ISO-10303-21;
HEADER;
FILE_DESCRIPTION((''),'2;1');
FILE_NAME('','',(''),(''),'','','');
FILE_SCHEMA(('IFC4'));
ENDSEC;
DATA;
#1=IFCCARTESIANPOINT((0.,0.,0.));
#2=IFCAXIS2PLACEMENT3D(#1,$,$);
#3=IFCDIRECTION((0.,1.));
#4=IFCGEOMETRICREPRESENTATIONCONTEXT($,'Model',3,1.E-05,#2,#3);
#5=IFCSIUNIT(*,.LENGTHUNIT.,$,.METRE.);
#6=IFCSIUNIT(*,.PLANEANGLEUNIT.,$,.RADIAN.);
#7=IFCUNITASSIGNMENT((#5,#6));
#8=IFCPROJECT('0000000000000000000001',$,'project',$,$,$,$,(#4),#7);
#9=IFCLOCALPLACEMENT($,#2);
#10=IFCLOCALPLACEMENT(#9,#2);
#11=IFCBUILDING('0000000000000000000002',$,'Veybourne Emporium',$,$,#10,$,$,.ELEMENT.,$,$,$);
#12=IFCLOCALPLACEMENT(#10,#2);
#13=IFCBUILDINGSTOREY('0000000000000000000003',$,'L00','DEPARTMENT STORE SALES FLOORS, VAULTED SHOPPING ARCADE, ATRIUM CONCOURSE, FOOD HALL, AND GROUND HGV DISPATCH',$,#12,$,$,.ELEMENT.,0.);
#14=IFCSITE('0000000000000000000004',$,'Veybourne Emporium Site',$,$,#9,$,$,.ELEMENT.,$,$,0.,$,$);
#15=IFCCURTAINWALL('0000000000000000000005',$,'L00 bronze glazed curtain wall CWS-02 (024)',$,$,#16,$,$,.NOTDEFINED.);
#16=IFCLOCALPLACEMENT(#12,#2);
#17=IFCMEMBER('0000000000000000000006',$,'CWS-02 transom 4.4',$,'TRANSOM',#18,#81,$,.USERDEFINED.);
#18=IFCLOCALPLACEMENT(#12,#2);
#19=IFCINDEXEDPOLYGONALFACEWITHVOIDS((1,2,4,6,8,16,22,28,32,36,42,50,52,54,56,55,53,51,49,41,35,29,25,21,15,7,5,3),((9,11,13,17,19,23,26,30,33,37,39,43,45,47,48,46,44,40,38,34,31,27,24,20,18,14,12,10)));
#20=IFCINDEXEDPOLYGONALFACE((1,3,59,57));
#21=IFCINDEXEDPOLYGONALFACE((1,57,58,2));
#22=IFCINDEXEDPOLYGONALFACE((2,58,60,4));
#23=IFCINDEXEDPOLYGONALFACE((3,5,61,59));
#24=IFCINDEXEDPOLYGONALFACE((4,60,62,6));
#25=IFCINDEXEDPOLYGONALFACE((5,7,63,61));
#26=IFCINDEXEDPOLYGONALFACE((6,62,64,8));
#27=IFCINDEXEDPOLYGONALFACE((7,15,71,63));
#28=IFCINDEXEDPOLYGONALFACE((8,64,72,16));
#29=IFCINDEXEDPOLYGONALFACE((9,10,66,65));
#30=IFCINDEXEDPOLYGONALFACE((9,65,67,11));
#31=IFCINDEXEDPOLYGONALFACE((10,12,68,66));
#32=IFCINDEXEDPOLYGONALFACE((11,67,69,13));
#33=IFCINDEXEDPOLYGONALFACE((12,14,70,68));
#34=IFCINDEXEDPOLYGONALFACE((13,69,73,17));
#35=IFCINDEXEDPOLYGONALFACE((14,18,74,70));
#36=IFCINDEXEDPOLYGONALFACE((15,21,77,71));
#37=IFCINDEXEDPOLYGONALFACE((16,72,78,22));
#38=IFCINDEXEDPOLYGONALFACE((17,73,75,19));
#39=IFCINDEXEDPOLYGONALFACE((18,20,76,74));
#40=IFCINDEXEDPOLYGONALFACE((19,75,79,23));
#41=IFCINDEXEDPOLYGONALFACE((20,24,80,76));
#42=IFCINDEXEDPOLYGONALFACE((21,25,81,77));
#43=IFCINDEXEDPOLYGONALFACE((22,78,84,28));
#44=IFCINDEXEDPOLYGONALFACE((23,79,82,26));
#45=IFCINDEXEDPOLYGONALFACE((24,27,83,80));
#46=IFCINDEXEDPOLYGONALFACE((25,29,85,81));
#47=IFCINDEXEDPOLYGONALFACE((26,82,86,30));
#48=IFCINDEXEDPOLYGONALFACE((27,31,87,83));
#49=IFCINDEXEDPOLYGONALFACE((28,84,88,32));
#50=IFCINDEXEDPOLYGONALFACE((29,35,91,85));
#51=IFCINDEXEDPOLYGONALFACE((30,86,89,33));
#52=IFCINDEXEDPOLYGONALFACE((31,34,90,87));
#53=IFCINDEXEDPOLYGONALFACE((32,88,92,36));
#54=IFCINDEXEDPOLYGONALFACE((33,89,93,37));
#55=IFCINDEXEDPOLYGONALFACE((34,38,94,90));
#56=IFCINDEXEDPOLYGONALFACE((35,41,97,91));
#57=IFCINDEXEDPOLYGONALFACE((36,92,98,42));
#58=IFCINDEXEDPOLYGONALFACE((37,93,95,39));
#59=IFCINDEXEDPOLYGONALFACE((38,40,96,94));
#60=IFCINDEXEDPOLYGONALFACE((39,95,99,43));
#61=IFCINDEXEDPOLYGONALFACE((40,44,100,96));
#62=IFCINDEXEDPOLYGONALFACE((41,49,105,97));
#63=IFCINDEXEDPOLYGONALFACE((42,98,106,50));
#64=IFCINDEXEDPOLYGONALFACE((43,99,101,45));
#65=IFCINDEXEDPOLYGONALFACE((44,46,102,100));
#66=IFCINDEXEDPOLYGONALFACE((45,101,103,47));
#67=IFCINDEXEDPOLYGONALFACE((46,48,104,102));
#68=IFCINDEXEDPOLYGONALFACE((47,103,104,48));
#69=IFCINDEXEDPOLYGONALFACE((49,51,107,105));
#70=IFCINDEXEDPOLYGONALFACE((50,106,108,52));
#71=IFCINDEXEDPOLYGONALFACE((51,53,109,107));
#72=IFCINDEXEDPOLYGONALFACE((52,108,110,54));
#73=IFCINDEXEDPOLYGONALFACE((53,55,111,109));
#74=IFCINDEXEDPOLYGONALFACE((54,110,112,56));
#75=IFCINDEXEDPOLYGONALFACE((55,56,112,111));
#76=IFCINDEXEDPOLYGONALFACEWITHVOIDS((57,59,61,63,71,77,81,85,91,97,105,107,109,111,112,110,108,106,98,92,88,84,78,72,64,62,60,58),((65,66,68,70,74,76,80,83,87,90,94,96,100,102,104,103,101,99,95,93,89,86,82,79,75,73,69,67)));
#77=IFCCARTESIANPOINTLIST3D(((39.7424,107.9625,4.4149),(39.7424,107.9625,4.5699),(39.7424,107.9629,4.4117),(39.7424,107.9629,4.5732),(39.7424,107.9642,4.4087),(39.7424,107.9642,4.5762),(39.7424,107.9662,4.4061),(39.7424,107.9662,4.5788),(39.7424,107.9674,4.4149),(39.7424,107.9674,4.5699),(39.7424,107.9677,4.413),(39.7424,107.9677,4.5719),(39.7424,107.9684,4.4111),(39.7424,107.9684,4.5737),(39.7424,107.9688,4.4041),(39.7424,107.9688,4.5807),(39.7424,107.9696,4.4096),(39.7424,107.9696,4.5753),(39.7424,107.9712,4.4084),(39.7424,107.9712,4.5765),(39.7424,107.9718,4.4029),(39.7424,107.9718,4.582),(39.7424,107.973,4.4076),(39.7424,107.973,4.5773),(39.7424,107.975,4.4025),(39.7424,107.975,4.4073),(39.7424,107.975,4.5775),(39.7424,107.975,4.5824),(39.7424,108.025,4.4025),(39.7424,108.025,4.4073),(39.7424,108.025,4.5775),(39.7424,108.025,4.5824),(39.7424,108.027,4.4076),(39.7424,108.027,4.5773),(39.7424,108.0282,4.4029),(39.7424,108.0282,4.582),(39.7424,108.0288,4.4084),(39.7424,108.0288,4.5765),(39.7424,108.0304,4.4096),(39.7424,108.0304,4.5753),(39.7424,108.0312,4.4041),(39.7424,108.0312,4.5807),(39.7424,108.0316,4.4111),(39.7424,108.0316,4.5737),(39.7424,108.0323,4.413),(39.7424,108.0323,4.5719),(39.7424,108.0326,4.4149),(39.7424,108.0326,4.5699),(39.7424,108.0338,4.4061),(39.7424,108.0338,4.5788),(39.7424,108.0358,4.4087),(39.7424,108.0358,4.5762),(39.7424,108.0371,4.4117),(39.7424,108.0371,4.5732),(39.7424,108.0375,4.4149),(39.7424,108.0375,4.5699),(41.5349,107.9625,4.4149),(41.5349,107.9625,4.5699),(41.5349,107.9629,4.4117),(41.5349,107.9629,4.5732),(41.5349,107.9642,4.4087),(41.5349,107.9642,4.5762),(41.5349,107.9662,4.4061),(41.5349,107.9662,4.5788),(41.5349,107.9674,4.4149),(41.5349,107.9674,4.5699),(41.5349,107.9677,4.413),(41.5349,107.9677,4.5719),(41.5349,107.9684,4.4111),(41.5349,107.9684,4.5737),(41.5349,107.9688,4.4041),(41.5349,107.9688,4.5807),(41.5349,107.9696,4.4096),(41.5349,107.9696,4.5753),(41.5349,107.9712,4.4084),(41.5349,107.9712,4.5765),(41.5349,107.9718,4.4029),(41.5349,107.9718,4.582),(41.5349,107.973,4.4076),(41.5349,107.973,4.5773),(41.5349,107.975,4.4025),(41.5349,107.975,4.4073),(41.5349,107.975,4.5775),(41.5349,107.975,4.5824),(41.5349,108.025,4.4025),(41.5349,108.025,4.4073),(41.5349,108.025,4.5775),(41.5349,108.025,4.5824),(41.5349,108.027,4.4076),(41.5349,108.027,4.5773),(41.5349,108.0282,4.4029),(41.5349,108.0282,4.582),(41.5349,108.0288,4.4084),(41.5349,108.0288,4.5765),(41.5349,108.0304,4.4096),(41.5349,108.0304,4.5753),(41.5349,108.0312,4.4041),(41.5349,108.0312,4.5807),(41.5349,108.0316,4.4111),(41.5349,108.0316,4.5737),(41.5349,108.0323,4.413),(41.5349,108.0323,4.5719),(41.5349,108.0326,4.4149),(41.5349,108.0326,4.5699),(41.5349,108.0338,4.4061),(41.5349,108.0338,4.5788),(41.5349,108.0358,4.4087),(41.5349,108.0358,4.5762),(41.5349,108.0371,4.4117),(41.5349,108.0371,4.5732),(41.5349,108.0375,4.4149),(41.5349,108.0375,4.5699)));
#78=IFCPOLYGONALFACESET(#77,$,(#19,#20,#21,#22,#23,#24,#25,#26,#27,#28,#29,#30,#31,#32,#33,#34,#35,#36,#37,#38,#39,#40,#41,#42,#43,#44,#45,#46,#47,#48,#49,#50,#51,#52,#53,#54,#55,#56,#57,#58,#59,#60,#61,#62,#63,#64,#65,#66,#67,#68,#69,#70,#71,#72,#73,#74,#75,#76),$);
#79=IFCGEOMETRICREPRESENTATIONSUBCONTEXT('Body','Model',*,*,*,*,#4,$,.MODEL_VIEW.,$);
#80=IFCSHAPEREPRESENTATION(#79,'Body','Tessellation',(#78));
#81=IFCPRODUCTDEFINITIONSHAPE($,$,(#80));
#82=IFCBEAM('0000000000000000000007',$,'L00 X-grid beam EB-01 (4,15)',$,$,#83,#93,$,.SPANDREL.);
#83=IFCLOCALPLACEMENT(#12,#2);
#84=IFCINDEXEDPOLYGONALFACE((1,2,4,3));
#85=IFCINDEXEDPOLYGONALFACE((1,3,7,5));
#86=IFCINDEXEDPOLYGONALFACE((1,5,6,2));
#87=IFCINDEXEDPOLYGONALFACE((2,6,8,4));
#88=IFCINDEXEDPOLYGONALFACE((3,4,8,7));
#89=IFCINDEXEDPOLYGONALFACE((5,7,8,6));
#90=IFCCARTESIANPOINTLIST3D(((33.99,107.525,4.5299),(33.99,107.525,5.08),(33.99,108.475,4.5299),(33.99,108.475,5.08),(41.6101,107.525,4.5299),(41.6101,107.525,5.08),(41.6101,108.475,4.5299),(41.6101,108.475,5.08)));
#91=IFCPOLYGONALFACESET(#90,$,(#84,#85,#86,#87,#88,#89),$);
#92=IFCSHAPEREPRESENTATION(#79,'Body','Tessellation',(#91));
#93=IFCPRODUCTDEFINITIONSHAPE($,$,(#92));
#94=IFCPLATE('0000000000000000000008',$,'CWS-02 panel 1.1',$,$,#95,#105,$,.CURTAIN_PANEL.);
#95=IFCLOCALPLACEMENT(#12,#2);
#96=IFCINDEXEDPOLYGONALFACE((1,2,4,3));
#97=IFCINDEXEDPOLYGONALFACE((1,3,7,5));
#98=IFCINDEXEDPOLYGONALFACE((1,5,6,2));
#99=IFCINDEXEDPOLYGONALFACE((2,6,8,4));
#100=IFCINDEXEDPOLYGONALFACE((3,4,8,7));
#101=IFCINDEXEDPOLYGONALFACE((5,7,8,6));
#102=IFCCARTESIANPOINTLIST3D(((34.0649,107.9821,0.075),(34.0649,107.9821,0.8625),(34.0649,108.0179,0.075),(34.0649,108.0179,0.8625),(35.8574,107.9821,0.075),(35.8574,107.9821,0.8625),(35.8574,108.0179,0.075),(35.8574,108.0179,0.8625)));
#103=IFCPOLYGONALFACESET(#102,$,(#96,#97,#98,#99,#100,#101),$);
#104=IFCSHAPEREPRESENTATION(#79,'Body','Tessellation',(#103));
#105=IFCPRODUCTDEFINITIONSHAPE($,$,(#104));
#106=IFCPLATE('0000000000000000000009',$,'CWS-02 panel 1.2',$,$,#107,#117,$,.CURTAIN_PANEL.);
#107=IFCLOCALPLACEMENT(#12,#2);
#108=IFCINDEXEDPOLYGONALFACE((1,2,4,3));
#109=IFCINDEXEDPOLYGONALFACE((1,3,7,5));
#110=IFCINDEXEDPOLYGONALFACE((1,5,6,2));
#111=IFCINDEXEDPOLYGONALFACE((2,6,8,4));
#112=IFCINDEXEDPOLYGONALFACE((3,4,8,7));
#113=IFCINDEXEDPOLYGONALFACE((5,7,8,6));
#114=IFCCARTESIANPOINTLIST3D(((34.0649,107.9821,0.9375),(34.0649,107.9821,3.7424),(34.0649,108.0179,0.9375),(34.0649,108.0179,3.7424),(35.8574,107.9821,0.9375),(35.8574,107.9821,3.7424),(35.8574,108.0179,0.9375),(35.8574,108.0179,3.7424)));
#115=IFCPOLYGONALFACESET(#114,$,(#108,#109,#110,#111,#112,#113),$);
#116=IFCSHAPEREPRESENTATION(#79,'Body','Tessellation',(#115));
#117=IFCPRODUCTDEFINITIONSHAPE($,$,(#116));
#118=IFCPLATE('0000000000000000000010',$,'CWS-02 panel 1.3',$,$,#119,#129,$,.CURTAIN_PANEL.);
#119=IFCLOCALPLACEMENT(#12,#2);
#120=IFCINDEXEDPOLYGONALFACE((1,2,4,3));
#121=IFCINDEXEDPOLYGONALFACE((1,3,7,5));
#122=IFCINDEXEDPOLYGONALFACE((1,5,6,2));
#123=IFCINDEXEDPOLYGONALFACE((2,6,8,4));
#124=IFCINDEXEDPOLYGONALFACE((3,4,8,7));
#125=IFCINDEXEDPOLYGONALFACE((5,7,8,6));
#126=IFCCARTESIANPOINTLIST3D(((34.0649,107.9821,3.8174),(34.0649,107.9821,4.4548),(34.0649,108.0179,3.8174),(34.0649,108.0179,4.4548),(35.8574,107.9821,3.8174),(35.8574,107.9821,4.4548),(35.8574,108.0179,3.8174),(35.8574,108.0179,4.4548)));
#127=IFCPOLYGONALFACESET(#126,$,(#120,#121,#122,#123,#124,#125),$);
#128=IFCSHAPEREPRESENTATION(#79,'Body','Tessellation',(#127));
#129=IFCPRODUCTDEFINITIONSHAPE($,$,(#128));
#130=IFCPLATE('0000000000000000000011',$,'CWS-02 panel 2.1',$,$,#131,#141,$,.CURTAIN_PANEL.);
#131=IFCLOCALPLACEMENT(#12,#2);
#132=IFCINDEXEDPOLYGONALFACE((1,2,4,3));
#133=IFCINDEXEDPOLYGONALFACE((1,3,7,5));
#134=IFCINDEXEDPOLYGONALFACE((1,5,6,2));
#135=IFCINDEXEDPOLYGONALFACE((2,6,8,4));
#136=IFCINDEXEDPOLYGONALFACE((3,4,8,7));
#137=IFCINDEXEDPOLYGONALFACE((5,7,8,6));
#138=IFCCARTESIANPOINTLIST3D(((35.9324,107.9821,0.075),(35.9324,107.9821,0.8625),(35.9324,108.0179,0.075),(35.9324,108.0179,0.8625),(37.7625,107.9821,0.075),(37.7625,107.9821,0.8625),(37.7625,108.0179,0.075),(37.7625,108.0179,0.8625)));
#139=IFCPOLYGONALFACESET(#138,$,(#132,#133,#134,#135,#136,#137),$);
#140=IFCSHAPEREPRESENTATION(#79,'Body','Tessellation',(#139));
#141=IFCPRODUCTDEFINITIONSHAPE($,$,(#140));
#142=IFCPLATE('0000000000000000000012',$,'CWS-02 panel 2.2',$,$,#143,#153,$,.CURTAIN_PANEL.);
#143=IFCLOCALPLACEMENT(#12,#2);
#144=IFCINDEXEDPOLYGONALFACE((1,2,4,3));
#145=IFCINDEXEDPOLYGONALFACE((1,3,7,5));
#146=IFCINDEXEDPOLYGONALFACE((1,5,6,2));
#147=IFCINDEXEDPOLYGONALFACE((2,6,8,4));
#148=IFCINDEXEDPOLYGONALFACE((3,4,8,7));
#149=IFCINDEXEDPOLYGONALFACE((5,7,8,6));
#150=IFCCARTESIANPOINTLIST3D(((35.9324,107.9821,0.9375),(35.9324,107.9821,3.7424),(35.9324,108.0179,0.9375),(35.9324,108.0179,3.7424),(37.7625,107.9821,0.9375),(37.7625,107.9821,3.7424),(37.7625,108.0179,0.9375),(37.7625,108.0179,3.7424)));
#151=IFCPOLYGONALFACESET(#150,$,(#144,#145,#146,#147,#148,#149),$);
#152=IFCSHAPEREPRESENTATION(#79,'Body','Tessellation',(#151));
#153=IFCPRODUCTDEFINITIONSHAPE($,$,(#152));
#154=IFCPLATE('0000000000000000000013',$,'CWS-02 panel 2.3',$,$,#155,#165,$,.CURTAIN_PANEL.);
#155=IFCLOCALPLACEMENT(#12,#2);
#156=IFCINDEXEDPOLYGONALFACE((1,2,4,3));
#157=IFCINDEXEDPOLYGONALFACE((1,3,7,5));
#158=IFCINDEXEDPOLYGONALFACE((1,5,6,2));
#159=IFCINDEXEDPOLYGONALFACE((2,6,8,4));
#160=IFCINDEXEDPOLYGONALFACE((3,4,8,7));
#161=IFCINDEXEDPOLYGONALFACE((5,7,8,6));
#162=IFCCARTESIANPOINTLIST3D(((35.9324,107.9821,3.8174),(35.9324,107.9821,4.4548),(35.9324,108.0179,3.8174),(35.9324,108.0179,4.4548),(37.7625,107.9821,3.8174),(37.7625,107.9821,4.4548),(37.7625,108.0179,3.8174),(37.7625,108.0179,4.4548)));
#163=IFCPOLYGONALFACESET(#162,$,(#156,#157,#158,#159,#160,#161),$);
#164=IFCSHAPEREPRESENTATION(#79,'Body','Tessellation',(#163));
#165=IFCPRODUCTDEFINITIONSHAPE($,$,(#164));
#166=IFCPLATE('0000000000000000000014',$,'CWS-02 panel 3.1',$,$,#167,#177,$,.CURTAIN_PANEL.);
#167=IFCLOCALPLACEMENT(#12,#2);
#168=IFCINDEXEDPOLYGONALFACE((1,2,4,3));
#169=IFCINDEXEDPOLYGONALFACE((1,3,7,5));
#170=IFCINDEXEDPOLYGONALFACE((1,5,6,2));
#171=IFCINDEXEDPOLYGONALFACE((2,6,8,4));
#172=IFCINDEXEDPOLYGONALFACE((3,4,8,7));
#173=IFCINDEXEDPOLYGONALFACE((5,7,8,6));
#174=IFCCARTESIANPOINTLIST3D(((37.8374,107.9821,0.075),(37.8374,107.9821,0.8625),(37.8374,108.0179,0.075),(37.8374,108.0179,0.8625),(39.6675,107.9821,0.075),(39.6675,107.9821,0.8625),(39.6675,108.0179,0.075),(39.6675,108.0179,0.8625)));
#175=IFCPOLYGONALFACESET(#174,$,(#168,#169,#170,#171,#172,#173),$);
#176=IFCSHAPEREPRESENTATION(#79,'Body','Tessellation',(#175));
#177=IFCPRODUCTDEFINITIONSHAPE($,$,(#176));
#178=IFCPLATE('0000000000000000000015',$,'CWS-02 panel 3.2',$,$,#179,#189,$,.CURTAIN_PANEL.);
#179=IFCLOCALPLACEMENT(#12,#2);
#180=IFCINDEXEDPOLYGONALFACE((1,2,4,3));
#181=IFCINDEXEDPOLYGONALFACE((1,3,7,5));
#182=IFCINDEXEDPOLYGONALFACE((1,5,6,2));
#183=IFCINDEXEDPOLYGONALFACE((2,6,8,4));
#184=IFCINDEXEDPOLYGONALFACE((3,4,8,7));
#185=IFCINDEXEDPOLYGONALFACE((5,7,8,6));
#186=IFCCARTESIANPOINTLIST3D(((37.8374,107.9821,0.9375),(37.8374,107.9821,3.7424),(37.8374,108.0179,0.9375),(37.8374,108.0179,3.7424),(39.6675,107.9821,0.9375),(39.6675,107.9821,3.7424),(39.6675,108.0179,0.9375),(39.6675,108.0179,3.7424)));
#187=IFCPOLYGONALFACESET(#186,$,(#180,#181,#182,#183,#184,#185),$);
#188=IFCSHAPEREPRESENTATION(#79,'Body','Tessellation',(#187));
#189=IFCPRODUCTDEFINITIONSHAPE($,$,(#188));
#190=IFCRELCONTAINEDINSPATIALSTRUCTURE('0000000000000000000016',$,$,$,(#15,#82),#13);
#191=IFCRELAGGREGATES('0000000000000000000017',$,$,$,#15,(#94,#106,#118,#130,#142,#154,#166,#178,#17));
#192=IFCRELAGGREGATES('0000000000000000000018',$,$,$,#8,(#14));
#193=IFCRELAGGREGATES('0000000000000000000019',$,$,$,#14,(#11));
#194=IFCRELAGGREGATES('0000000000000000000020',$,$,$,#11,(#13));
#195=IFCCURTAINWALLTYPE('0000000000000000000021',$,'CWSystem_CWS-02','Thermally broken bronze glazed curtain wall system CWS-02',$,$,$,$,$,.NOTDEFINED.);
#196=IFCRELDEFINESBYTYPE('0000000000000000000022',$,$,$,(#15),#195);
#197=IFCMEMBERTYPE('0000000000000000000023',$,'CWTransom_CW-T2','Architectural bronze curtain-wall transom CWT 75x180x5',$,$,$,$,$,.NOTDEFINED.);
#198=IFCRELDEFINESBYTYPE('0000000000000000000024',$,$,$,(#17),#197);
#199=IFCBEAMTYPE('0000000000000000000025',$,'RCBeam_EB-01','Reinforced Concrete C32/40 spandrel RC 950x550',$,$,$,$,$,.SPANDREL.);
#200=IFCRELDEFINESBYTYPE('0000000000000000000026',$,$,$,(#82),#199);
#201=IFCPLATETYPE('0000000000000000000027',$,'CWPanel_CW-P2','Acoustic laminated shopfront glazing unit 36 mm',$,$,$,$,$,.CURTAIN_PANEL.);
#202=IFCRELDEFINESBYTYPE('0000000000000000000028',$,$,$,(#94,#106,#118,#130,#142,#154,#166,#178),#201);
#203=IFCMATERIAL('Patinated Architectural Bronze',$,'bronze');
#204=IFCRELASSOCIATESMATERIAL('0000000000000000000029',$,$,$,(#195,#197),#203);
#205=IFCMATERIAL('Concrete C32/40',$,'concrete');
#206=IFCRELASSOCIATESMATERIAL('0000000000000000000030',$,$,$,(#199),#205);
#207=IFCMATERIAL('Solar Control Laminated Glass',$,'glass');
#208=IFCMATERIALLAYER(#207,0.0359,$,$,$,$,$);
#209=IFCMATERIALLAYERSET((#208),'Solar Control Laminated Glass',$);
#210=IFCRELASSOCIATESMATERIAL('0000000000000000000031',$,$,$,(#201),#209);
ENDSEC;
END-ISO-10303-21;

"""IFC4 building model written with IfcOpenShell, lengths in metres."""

from ifc_helpers import new_model, si_unit, direction, frame, origin, origin_2d, place, context, subcontext, project, spatial, rectangle, hollow_rectangle, extrude, material, layer, layer_set, material_profile, profile_set, type_object, element, aggregate, save


model = new_model("IFC4")

# Units and contexts
model_context = context("Model", 3, precision=1e-05, world=origin(), true_north=direction((0.0, 1.0)))
body_context = subcontext(model_context, "Body", "Model", "MODEL_VIEW")
ifc_project = project(units=[si_unit("LENGTHUNIT", "METRE"), si_unit("PLANEANGLEUNIT", "RADIAN")], contexts=[model_context])

# Site, building, storey
site_placement = place(None, origin())
site = spatial("IfcSite", under=ifc_project, at=site_placement, Name="Veybourne Emporium Site", CompositionType="ELEMENT", RefElevation=0.0)
building_placement = place(site_placement, origin())
building = spatial("IfcBuilding", under=site, at=building_placement, Name="Veybourne Emporium", CompositionType="ELEMENT")
storey_placement = place(building_placement, origin())
storey = spatial("IfcBuildingStorey", under=building, at=storey_placement, Name="L00", Description="DEPARTMENT STORE SALES FLOORS, VAULTED SHOPPING ARCADE, ATRIUM CONCOURSE, FOOD HALL, AND GROUND HGV DISPATCH", CompositionType="ELEMENT", Elevation=0.0)

# Curtain wall, member
ifc_material_1 = material(Name="Patinated Architectural Bronze", Category="bronze")
curtain_wall_type = type_object("IfcCurtainWallType", Name="CWSystem_CWS-02", Description="Thermally broken bronze glazed curtain wall system CWS-02", PredefinedType="NOTDEFINED", material=ifc_material_1)
curtain_wall_placement = place(storey_placement, origin())
curtain_wall = element("IfcCurtainWall", 1, at=curtain_wall_placement, inside=storey, type_object=curtain_wall_type, Name="L00 bronze glazed curtain wall CWS-02 (024)", PredefinedType="NOTDEFINED")
ifc_material_profile_1 = material_profile(ifc_material_1, hollow_rectangle(XDim=0.075, YDim=0.1799, WallThickness=0.0049, InnerFilletRadius=0.0076, OuterFilletRadius=0.0125, at=origin_2d()), Name="CWT 75x180x5")
ifc_profile_set_1 = profile_set([ifc_material_profile_1], Name="Patinated Architectural Bronze")
member_type_1 = type_object("IfcMemberType", Name="CWTransom_CW-T2", Description="Architectural bronze curtain-wall transom CWT 75x180x5", PredefinedType="NOTDEFINED", material=ifc_profile_set_1)
member_1_placement = place(storey_placement, frame((39.7424, 108.0, 4.4924), z_axis=(1.0, 0.0, 0.0), x_axis=(0.0, 1.0, 0.0)))
member_1 = element("IfcMember", 2, at=member_1_placement, type_object=member_type_1, Name="CWS-02 transom 4.4", ObjectType="TRANSOM", PredefinedType="USERDEFINED", context=body_context, shape_type="SweptSolid", body=[
    extrude(hollow_rectangle(XDim=0.075, YDim=0.1799, WallThickness=0.0049, InnerFilletRadius=0.0076, OuterFilletRadius=0.0125, at=origin_2d()), origin(), (0.0, 0.0, 1.0), 1.7925),
])

# Beam
ifc_material_2 = material(Name="Concrete C32/40", Category="concrete")
ifc_material_profile_2 = material_profile(ifc_material_2, rectangle(XDim=0.95, YDim=0.55, at=origin_2d()), Name="RC 950x550")
ifc_profile_set_2 = profile_set([ifc_material_profile_2], Name="Concrete C32/40")
beam_type = type_object("IfcBeamType", Name="RCBeam_EB-01", Description="Reinforced Concrete C32/40 spandrel RC 950x550", PredefinedType="SPANDREL", material=ifc_profile_set_2)
beam_placement = place(storey_placement, frame((33.99, 108.0, 4.8049), z_axis=(1.0, 0.0, 0.0), x_axis=(0.0, 1.0, 0.0)))
element("IfcBeam", 3, at=beam_placement, inside=storey, type_object=beam_type, Name="L00 X-grid beam EB-01 (4,15)", PredefinedType="SPANDREL", context=body_context, shape_type="SweptSolid", body=[
    extrude(rectangle(XDim=0.95, YDim=0.55, at=origin_2d()), origin(), (0.0, 0.0, 1.0), 7.6201),
])

# Plates
ifc_material_3 = material(Name="Solar Control Laminated Glass", Category="glass")
ifc_layer = layer(ifc_material_3, 0.0359)
ifc_layer_set = layer_set([ifc_layer], Name="Solar Control Laminated Glass")
plate_type = type_object("IfcPlateType", Name="CWPanel_CW-P2", Description="Acoustic laminated shopfront glazing unit 36 mm", PredefinedType="CURTAIN_PANEL", material=ifc_layer_set)
plate_1_placement = place(storey_placement, frame((34.9612, 108.0, 0.075), z_axis=(0.0, 0.0, 1.0), x_axis=(1.0, 0.0, 0.0)))
plate_1 = element("IfcPlate", 4, at=plate_1_placement, type_object=plate_type, Name="CWS-02 panel 1.1", PredefinedType="CURTAIN_PANEL", context=body_context, shape_type="SweptSolid", body=[
    extrude(rectangle(XDim=1.7925, YDim=0.0359, at=origin_2d()), origin(), (0.0, 0.0, 1.0), 0.7876),
])
plate_2_placement = place(storey_placement, frame((34.9612, 108.0, 0.9375), z_axis=(0.0, 0.0, 1.0), x_axis=(1.0, 0.0, 0.0)))
plate_2 = element("IfcPlate", 5, at=plate_2_placement, type_object=plate_type, Name="CWS-02 panel 1.2", PredefinedType="CURTAIN_PANEL", context=body_context, shape_type="SweptSolid", body=[
    extrude(rectangle(XDim=1.7925, YDim=0.0359, at=origin_2d()), origin(), (0.0, 0.0, 1.0), 2.8049),
])
plate_3_placement = place(storey_placement, frame((34.9612, 108.0, 3.8174), z_axis=(0.0, 0.0, 1.0), x_axis=(1.0, 0.0, 0.0)))
plate_3 = element("IfcPlate", 6, at=plate_3_placement, type_object=plate_type, Name="CWS-02 panel 1.3", PredefinedType="CURTAIN_PANEL", context=body_context, shape_type="SweptSolid", body=[
    extrude(rectangle(XDim=1.7925, YDim=0.0359, at=origin_2d()), origin(), (0.0, 0.0, 1.0), 0.6375),
])
plate_4_placement = place(storey_placement, frame((36.8474, 108.0, 0.075), z_axis=(0.0, 0.0, 1.0), x_axis=(1.0, 0.0, 0.0)))
plate_4 = element("IfcPlate", 7, at=plate_4_placement, type_object=plate_type, Name="CWS-02 panel 2.1", PredefinedType="CURTAIN_PANEL", context=body_context, shape_type="SweptSolid", body=[
    extrude(rectangle(XDim=1.8301, YDim=0.0359, at=origin_2d()), origin(), (0.0, 0.0, 1.0), 0.7876),
])
plate_5_placement = place(storey_placement, frame((36.8474, 108.0, 0.9375), z_axis=(0.0, 0.0, 1.0), x_axis=(1.0, 0.0, 0.0)))
plate_5 = element("IfcPlate", 8, at=plate_5_placement, type_object=plate_type, Name="CWS-02 panel 2.2", PredefinedType="CURTAIN_PANEL", context=body_context, shape_type="SweptSolid", body=[
    extrude(rectangle(XDim=1.8301, YDim=0.0359, at=origin_2d()), origin(), (0.0, 0.0, 1.0), 2.8049),
])
plate_6_placement = place(storey_placement, frame((36.8474, 108.0, 3.8174), z_axis=(0.0, 0.0, 1.0), x_axis=(1.0, 0.0, 0.0)))
plate_6 = element("IfcPlate", 9, at=plate_6_placement, type_object=plate_type, Name="CWS-02 panel 2.3", PredefinedType="CURTAIN_PANEL", context=body_context, shape_type="SweptSolid", body=[
    extrude(rectangle(XDim=1.8301, YDim=0.0359, at=origin_2d()), origin(), (0.0, 0.0, 1.0), 0.6375),
])
plate_7_placement = place(storey_placement, frame((38.7524, 108.0, 0.075), z_axis=(0.0, 0.0, 1.0), x_axis=(1.0, 0.0, 0.0)))
plate_7 = element("IfcPlate", 10, at=plate_7_placement, type_object=plate_type, Name="CWS-02 panel 3.1", PredefinedType="CURTAIN_PANEL", context=body_context, shape_type="SweptSolid", body=[
    extrude(rectangle(XDim=1.8301, YDim=0.0359, at=origin_2d()), origin(), (0.0, 0.0, 1.0), 0.7876),
])
plate_8_placement = place(storey_placement, frame((38.7524, 108.0, 0.9375), z_axis=(0.0, 0.0, 1.0), x_axis=(1.0, 0.0, 0.0)))
plate_8 = element("IfcPlate", 11, at=plate_8_placement, type_object=plate_type, Name="CWS-02 panel 3.2", PredefinedType="CURTAIN_PANEL", context=body_context, shape_type="SweptSolid", body=[
    extrude(rectangle(XDim=1.8301, YDim=0.0359, at=origin_2d()), origin(), (0.0, 0.0, 1.0), 2.8049),
])
aggregate(curtain_wall, [plate_1, plate_2, plate_3, plate_4, plate_5, plate_6, plate_7, plate_8, member_1])

save(model, "model.ifc")
